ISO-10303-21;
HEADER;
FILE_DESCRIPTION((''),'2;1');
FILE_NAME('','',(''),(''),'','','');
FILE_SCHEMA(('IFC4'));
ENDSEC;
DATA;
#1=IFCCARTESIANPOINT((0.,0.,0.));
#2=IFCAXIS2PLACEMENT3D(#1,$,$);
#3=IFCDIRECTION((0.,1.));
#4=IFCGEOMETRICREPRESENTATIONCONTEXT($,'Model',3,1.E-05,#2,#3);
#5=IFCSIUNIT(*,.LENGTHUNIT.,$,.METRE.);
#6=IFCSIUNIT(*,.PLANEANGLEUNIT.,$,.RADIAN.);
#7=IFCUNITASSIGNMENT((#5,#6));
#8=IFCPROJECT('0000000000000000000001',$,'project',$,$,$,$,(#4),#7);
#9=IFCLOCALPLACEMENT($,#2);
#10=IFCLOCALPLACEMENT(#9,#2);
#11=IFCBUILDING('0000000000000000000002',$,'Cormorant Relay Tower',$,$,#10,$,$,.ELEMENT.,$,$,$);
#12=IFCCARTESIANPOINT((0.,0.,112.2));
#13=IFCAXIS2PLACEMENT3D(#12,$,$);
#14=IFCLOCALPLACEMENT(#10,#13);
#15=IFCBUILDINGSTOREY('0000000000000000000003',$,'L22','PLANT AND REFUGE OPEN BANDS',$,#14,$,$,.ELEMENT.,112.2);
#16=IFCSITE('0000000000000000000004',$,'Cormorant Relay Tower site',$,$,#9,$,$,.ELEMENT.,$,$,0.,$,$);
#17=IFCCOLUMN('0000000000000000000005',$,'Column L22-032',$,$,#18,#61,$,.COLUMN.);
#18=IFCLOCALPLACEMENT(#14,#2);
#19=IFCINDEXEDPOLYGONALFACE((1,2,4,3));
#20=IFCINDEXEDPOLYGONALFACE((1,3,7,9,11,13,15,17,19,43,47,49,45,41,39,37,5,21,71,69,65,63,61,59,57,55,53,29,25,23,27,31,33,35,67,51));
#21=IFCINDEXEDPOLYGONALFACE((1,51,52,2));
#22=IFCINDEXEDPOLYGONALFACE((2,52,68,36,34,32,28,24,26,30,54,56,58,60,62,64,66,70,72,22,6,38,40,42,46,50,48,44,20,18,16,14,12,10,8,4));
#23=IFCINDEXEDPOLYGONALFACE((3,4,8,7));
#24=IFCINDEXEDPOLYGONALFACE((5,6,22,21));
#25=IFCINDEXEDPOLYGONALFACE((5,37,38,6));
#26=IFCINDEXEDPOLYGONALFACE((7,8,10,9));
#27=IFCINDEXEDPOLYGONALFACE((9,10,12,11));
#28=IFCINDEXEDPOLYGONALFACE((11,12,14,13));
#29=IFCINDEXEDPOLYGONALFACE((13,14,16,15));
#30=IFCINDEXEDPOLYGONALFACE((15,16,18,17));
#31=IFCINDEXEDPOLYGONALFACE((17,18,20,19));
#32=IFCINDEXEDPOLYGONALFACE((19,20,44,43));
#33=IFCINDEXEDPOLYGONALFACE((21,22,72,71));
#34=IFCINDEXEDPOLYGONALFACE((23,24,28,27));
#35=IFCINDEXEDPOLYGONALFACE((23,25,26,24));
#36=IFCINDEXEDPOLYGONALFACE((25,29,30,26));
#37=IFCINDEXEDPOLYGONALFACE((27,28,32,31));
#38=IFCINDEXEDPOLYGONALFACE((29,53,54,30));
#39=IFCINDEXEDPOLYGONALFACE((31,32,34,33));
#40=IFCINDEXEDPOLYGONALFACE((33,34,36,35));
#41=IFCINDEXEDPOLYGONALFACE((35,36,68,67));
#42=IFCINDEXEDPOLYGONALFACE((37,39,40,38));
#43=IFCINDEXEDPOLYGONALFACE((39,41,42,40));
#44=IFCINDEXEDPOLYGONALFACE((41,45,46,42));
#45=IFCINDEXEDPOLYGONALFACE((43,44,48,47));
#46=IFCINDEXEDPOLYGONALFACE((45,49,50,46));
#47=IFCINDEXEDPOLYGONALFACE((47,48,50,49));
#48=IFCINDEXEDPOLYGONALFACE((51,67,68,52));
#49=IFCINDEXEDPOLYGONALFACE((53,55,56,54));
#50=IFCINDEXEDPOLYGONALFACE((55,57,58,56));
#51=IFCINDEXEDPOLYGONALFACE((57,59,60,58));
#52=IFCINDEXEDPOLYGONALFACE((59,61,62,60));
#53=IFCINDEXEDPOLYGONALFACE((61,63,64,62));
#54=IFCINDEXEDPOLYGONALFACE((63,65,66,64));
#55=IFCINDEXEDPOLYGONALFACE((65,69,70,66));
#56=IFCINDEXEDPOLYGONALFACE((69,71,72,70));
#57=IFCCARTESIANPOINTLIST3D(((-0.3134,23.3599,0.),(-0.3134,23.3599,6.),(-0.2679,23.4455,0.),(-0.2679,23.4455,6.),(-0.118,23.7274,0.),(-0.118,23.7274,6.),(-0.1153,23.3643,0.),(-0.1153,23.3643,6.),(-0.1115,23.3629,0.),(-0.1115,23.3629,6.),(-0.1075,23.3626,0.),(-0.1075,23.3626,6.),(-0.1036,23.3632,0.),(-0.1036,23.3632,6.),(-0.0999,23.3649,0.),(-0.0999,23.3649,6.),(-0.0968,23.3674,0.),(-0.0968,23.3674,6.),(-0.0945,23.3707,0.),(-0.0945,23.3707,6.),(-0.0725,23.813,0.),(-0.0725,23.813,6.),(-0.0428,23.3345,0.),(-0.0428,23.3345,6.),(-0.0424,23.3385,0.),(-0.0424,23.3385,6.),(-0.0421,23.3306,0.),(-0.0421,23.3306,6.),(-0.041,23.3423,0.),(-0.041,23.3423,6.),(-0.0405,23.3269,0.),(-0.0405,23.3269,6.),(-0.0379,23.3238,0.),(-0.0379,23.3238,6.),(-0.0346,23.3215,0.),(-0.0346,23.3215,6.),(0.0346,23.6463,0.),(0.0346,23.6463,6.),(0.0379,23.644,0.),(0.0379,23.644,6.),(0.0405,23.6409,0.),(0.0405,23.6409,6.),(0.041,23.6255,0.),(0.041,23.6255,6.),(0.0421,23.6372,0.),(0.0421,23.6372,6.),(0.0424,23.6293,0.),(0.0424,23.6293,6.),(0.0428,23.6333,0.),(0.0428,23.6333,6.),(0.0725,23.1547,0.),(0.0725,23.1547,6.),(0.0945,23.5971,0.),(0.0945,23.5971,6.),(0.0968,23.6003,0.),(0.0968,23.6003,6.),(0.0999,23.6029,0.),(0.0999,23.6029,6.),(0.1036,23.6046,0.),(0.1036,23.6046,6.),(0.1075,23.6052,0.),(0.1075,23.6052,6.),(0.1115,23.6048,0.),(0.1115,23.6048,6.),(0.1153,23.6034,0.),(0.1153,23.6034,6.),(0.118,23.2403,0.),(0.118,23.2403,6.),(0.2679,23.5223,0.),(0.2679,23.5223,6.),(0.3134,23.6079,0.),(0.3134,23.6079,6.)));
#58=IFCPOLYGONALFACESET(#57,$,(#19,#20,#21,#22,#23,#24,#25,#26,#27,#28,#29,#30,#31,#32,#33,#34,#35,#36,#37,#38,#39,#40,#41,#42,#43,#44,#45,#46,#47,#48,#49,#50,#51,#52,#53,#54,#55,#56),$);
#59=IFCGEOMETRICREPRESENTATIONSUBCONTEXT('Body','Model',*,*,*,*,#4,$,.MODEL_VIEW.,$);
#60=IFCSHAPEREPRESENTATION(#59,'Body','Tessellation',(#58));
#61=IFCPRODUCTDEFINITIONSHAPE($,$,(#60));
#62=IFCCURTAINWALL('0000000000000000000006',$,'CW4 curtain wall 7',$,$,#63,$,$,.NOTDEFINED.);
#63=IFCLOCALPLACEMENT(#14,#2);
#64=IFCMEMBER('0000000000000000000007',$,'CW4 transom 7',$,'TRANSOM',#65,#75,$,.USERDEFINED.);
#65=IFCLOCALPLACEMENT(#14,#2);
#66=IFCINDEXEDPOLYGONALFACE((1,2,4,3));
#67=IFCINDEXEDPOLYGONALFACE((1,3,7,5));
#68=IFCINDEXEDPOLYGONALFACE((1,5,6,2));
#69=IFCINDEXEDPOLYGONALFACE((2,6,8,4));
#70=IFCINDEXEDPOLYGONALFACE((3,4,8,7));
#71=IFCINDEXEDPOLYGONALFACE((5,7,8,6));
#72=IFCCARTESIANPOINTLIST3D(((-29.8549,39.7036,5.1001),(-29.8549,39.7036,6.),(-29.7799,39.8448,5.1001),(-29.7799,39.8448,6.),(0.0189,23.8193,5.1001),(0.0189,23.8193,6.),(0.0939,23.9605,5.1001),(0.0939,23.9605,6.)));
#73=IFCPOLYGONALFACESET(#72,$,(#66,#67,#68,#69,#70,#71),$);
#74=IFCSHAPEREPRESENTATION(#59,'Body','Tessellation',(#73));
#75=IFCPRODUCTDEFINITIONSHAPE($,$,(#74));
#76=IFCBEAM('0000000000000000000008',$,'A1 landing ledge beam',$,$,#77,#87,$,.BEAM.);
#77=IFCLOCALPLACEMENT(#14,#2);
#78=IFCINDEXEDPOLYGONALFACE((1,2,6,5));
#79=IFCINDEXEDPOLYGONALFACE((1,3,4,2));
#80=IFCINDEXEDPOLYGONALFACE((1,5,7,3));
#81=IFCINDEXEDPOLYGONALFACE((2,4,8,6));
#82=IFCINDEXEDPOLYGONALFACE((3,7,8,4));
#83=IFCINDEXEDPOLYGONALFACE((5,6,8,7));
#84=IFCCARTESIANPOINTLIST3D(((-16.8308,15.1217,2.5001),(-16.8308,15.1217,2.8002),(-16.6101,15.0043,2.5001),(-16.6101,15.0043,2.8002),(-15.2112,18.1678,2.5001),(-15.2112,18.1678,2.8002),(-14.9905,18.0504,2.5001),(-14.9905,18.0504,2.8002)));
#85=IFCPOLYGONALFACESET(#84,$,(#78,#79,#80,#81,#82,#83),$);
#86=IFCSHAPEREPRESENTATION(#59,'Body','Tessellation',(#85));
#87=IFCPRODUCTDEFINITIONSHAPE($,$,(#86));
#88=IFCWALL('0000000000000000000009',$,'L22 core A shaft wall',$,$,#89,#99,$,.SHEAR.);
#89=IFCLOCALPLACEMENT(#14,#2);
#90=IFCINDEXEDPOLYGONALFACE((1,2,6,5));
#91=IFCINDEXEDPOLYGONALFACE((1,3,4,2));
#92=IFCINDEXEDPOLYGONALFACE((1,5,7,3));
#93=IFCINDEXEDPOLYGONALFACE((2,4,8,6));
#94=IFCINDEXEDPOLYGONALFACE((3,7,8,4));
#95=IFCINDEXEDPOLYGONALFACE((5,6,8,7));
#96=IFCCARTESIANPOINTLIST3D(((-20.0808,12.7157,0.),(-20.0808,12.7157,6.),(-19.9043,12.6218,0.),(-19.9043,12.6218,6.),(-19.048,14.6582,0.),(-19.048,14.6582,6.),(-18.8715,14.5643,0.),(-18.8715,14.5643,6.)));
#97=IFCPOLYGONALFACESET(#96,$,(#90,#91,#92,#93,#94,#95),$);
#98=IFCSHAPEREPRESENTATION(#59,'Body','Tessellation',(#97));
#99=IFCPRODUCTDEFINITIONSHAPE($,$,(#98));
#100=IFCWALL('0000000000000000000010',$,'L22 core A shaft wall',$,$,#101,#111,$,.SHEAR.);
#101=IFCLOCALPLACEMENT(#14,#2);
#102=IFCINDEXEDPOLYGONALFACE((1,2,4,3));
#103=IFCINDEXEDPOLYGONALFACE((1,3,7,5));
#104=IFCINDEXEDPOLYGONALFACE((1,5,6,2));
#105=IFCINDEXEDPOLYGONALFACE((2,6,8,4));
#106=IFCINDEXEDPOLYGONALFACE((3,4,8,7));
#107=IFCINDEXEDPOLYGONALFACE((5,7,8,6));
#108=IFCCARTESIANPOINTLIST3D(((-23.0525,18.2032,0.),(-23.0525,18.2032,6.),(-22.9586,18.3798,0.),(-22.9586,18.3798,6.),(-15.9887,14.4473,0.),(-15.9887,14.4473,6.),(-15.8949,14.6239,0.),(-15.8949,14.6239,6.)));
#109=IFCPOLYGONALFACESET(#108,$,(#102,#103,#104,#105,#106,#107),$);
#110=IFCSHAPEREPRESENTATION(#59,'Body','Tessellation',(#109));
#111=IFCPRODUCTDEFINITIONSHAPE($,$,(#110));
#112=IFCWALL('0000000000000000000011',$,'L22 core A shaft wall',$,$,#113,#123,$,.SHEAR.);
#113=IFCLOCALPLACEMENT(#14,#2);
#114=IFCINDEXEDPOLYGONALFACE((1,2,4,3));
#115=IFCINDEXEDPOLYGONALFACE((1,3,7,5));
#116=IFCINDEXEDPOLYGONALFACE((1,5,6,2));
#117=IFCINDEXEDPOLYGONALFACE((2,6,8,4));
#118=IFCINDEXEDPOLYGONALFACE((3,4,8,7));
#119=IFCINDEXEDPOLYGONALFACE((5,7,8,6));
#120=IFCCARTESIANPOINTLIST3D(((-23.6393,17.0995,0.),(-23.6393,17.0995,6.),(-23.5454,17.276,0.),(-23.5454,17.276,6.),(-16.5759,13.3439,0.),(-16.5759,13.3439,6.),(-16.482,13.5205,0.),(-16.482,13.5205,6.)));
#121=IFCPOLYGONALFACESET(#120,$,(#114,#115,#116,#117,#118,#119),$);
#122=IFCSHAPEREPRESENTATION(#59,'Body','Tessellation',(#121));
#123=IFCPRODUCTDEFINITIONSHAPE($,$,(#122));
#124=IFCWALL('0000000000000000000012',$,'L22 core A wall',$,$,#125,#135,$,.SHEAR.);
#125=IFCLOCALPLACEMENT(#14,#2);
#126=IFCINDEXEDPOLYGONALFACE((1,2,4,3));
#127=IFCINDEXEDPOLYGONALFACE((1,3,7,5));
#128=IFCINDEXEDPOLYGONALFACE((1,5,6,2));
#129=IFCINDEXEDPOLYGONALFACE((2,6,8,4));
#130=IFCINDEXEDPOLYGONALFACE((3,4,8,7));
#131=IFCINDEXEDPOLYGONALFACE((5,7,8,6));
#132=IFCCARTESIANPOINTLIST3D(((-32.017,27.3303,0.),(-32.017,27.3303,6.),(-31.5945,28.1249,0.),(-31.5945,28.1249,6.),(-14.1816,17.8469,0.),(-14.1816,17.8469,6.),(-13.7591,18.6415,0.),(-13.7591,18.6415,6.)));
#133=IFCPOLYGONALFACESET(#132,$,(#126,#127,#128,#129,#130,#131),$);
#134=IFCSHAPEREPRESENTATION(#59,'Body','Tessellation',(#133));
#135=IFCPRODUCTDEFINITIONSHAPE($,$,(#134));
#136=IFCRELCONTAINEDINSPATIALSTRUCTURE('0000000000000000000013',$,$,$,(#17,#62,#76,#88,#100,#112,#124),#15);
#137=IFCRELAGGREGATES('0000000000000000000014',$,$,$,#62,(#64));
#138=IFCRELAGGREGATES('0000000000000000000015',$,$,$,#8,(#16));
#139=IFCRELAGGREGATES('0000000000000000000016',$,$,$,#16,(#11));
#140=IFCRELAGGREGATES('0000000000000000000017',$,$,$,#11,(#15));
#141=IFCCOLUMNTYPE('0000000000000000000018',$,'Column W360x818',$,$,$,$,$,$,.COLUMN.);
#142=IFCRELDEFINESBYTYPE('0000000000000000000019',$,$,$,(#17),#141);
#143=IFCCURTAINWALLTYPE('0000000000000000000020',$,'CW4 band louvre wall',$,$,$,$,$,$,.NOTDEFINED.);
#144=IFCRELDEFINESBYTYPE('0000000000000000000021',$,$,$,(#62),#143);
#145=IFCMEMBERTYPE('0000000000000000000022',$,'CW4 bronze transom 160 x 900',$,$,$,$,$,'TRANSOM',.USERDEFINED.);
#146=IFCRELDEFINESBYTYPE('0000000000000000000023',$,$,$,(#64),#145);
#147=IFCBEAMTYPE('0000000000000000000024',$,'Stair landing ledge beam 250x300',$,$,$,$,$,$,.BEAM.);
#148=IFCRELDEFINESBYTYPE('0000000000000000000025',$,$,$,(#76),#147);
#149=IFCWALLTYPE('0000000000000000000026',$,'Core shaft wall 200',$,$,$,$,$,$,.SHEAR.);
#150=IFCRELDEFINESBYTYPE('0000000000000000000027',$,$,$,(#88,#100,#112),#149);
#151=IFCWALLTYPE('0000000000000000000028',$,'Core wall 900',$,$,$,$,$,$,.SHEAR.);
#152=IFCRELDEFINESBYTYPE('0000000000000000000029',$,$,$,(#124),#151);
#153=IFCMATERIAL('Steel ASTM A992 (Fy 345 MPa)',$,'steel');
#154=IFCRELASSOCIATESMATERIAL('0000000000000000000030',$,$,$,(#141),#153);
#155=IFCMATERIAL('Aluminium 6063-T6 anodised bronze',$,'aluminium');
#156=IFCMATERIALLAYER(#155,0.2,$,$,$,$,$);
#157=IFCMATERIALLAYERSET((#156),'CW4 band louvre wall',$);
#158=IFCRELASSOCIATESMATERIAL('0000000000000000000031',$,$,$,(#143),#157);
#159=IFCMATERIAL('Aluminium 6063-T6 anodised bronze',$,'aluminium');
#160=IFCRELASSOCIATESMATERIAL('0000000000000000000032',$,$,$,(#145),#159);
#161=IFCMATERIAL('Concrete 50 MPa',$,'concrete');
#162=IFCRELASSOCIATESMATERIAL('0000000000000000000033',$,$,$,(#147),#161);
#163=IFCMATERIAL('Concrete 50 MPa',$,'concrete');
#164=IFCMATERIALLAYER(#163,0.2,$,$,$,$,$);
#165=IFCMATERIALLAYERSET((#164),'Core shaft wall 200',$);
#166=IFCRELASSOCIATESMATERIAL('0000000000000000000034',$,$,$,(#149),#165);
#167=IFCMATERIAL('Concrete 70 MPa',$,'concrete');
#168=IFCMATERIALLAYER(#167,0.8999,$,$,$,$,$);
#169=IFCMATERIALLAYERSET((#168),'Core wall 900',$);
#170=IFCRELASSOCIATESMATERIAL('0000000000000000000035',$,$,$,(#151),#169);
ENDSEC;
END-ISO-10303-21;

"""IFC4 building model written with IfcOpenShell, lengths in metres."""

from ifc_helpers import new_model, si_unit, direction, frame, frame_2d, origin, origin_2d, place, context, subcontext, project, spatial, rectangle, i_section, extrude, material, layer, layer_set, material_profile, profile_set, type_object, element, aggregate, save


model = new_model("IFC4")

# Units and contexts
model_context = context("Model", 3, precision=1e-05, world=origin(), true_north=direction((0.0, 1.0)))
body_context = subcontext(model_context, "Body", "Model", "MODEL_VIEW")
ifc_project = project(units=[si_unit("LENGTHUNIT", "METRE"), si_unit("PLANEANGLEUNIT", "RADIAN")], contexts=[model_context])

# Site, building, storey
site_placement = place(None, origin())
site = spatial("IfcSite", under=ifc_project, at=site_placement, Name="Cormorant Relay Tower site", CompositionType="ELEMENT", RefElevation=0.0)
building_placement = place(site_placement, origin())
building = spatial("IfcBuilding", under=site, at=building_placement, Name="Cormorant Relay Tower", CompositionType="ELEMENT")
storey_placement = place(building_placement, frame((0.0, 0.0, 112.2)))
storey = spatial("IfcBuildingStorey", under=building, at=storey_placement, Name="L22", Description="PLANT AND REFUGE OPEN BANDS", CompositionType="ELEMENT", Elevation=112.2)

# Column
ifc_material_1 = material(Name="Steel ASTM A992 (Fy 345 MPa)", Category="steel")
ifc_material_profile_1 = material_profile(ifc_material_1, i_section(OverallWidth=0.437, OverallDepth=0.5132, WebThickness=0.0605, FlangeThickness=0.0969, FilletRadius=0.0154, at=origin_2d()), Name="W360x818")
ifc_profile_set_1 = profile_set([ifc_material_profile_1], Name="Steel ASTM A992 (Fy 345 MPa)")
column_type = type_object("IfcColumnType", Name="Column W360x818", PredefinedType="COLUMN", material=ifc_profile_set_1)
column_placement = place(storey_placement, frame((0.0, 23.4839, 0.0), z_axis=(0.0, 0.0, 1.0), x_axis=(-0.882948, 0.469472, 0.0)))
element("IfcColumn", 1, at=column_placement, inside=storey, type_object=column_type, Name="Column L22-032", PredefinedType="COLUMN", context=body_context, shape_type="SweptSolid", body=[
    extrude(i_section(OverallWidth=0.437, OverallDepth=0.5132, WebThickness=0.0605, FlangeThickness=0.0969, FilletRadius=0.0154, at=origin_2d()), origin(), (0.0, 0.0, 1.0), 6.0),
])

# Curtain wall, member
ifc_material_2 = material(Name="Aluminium 6063-T6 anodised bronze", Category="aluminium")
ifc_layer_1 = layer(ifc_material_2, 0.2)
ifc_layer_set_1 = layer_set([ifc_layer_1], Name="CW4 band louvre wall")
curtain_wall_type = type_object("IfcCurtainWallType", Name="CW4 band louvre wall", PredefinedType="NOTDEFINED", material=ifc_layer_set_1)
curtain_wall_placement = place(storey_placement, origin())
curtain_wall = element("IfcCurtainWall", 2, at=curtain_wall_placement, inside=storey, type_object=curtain_wall_type, Name="CW4 curtain wall 7", PredefinedType="NOTDEFINED")
ifc_material_3 = material(Name="Aluminium 6063-T6 anodised bronze", Category="aluminium")
ifc_material_profile_2 = material_profile(ifc_material_3, rectangle(XDim=0.1599, YDim=0.8999, at=origin_2d()), Name="AL 160x900")
ifc_profile_set_2 = profile_set([ifc_material_profile_2], Name="Aluminium 6063-T6 anodised bronze")
member_type = type_object("IfcMemberType", Name="CW4 bronze transom 160 x 900", ElementType="TRANSOM", PredefinedType="USERDEFINED", material=ifc_profile_set_2)
member_placement = place(storey_placement, frame((0.0564, 23.8899, 5.55), z_axis=(-0.882946, 0.469474, 0.0), x_axis=(-0.469474, -0.882946, 0.0)))
member = element("IfcMember", 3, at=member_placement, type_object=member_type, Name="CW4 transom 7", ObjectType="TRANSOM", PredefinedType="USERDEFINED", context=body_context, shape_type="SweptSolid", body=[
    extrude(rectangle(XDim=0.1599, YDim=0.8999, at=origin_2d()), origin(), (0.0, 0.0, 1.0), 33.8342),
])
aggregate(curtain_wall, [member])

# Beam
ifc_material_4 = material(Name="Concrete 50 MPa", Category="concrete")
ifc_material_profile_3 = material_profile(ifc_material_4, rectangle(XDim=0.25, YDim=0.3, at=origin_2d()), Name="RC 250x300")
ifc_profile_set_3 = profile_set([ifc_material_profile_3], Name="Concrete 50 MPa")
beam_type = type_object("IfcBeamType", Name="Stair landing ledge beam 250x300", PredefinedType="BEAM", material=ifc_profile_set_3)
beam_placement = place(storey_placement, frame((-16.7205, 15.063, 2.6501), z_axis=(0.469464, 0.882952, 0.0), x_axis=(-0.882952, 0.469464, 0.0)))
element("IfcBeam", 4, at=beam_placement, inside=storey, type_object=beam_type, Name="A1 landing ledge beam", PredefinedType="BEAM", context=body_context, shape_type="SweptSolid", body=[
    extrude(rectangle(XDim=0.25, YDim=0.3, at=origin_2d()), origin(), (0.0, 0.0, 1.0), 3.45),
])

# Walls
ifc_material_5 = material(Name="Concrete 50 MPa", Category="concrete")
ifc_layer_2 = layer(ifc_material_5, 0.2)
ifc_layer_set_2 = layer_set([ifc_layer_2], Name="Core shaft wall 200")
wall_type_1 = type_object("IfcWallType", Name="Core shaft wall 200", PredefinedType="SHEAR", material=ifc_layer_set_2)
wall_1_placement = place(storey_placement, frame((-18.9597, 14.6113, 0.0), z_axis=(0.0, 0.0, 1.0), x_axis=(-0.469447, -0.88296, 0.0)))
element("IfcWall", 5, at=wall_1_placement, inside=storey, type_object=wall_type_1, Name="L22 core A shaft wall", PredefinedType="SHEAR", context=body_context, shape_type="SweptSolid", body=[
    extrude(rectangle(XDim=2.2, YDim=0.2, at=frame_2d((1.1001, 0.0))), origin(), (0.0, 0.0, 1.0), 6.0),
])
wall_2_placement = place(storey_placement, frame((-15.9419, 14.5356, 0.0), z_axis=(0.0, 0.0, 1.0), x_axis=(-0.882947, 0.469473, 0.0)))
element("IfcWall", 6, at=wall_2_placement, inside=storey, type_object=wall_type_1, Name="L22 core A shaft wall", PredefinedType="SHEAR", context=body_context, shape_type="SweptSolid", body=[
    extrude(rectangle(XDim=8.0002, YDim=0.2, at=frame_2d((4.0, 0.0))), origin(), (0.0, 0.0, 1.0), 6.0),
])
wall_3_placement = place(storey_placement, frame((-16.5288, 13.4321, 0.0), z_axis=(0.0, 0.0, 1.0), x_axis=(-0.882953, 0.469462, 0.0)))
element("IfcWall", 7, at=wall_3_placement, inside=storey, type_object=wall_type_1, Name="L22 core A shaft wall", PredefinedType="SHEAR", context=body_context, shape_type="SweptSolid", body=[
    extrude(rectangle(XDim=7.9998, YDim=0.2, at=frame_2d((4.0, 0.0))), origin(), (0.0, 0.0, 1.0), 6.0),
])

# Shared definitions
ifc_material_6 = material(Name="Concrete 70 MPa", Category="concrete")
ifc_layer_3 = layer(ifc_material_6, 0.8999)
ifc_layer_set_3 = layer_set([ifc_layer_3], Name="Core wall 900")
wall_type_2 = type_object("IfcWallType", Name="Core wall 900", PredefinedType="SHEAR", material=ifc_layer_set_3)

# Wall
wall_4_placement = place(storey_placement, frame((-13.9702, 18.2441, 0.0), z_axis=(0.0, 0.0, 1.0), x_axis=(-0.882945, 0.469476, 0.0)))
element("IfcWall", 8, at=wall_4_placement, inside=storey, type_object=wall_type_2, Name="L22 core A wall", PredefinedType="SHEAR", context=body_context, shape_type="SweptSolid", body=[
    extrude(rectangle(XDim=20.2, YDim=0.8999, at=frame_2d((10.1001, 0.0))), origin(), (0.0, 0.0, 1.0), 6.0),
])

save(model, "model.ifc")
